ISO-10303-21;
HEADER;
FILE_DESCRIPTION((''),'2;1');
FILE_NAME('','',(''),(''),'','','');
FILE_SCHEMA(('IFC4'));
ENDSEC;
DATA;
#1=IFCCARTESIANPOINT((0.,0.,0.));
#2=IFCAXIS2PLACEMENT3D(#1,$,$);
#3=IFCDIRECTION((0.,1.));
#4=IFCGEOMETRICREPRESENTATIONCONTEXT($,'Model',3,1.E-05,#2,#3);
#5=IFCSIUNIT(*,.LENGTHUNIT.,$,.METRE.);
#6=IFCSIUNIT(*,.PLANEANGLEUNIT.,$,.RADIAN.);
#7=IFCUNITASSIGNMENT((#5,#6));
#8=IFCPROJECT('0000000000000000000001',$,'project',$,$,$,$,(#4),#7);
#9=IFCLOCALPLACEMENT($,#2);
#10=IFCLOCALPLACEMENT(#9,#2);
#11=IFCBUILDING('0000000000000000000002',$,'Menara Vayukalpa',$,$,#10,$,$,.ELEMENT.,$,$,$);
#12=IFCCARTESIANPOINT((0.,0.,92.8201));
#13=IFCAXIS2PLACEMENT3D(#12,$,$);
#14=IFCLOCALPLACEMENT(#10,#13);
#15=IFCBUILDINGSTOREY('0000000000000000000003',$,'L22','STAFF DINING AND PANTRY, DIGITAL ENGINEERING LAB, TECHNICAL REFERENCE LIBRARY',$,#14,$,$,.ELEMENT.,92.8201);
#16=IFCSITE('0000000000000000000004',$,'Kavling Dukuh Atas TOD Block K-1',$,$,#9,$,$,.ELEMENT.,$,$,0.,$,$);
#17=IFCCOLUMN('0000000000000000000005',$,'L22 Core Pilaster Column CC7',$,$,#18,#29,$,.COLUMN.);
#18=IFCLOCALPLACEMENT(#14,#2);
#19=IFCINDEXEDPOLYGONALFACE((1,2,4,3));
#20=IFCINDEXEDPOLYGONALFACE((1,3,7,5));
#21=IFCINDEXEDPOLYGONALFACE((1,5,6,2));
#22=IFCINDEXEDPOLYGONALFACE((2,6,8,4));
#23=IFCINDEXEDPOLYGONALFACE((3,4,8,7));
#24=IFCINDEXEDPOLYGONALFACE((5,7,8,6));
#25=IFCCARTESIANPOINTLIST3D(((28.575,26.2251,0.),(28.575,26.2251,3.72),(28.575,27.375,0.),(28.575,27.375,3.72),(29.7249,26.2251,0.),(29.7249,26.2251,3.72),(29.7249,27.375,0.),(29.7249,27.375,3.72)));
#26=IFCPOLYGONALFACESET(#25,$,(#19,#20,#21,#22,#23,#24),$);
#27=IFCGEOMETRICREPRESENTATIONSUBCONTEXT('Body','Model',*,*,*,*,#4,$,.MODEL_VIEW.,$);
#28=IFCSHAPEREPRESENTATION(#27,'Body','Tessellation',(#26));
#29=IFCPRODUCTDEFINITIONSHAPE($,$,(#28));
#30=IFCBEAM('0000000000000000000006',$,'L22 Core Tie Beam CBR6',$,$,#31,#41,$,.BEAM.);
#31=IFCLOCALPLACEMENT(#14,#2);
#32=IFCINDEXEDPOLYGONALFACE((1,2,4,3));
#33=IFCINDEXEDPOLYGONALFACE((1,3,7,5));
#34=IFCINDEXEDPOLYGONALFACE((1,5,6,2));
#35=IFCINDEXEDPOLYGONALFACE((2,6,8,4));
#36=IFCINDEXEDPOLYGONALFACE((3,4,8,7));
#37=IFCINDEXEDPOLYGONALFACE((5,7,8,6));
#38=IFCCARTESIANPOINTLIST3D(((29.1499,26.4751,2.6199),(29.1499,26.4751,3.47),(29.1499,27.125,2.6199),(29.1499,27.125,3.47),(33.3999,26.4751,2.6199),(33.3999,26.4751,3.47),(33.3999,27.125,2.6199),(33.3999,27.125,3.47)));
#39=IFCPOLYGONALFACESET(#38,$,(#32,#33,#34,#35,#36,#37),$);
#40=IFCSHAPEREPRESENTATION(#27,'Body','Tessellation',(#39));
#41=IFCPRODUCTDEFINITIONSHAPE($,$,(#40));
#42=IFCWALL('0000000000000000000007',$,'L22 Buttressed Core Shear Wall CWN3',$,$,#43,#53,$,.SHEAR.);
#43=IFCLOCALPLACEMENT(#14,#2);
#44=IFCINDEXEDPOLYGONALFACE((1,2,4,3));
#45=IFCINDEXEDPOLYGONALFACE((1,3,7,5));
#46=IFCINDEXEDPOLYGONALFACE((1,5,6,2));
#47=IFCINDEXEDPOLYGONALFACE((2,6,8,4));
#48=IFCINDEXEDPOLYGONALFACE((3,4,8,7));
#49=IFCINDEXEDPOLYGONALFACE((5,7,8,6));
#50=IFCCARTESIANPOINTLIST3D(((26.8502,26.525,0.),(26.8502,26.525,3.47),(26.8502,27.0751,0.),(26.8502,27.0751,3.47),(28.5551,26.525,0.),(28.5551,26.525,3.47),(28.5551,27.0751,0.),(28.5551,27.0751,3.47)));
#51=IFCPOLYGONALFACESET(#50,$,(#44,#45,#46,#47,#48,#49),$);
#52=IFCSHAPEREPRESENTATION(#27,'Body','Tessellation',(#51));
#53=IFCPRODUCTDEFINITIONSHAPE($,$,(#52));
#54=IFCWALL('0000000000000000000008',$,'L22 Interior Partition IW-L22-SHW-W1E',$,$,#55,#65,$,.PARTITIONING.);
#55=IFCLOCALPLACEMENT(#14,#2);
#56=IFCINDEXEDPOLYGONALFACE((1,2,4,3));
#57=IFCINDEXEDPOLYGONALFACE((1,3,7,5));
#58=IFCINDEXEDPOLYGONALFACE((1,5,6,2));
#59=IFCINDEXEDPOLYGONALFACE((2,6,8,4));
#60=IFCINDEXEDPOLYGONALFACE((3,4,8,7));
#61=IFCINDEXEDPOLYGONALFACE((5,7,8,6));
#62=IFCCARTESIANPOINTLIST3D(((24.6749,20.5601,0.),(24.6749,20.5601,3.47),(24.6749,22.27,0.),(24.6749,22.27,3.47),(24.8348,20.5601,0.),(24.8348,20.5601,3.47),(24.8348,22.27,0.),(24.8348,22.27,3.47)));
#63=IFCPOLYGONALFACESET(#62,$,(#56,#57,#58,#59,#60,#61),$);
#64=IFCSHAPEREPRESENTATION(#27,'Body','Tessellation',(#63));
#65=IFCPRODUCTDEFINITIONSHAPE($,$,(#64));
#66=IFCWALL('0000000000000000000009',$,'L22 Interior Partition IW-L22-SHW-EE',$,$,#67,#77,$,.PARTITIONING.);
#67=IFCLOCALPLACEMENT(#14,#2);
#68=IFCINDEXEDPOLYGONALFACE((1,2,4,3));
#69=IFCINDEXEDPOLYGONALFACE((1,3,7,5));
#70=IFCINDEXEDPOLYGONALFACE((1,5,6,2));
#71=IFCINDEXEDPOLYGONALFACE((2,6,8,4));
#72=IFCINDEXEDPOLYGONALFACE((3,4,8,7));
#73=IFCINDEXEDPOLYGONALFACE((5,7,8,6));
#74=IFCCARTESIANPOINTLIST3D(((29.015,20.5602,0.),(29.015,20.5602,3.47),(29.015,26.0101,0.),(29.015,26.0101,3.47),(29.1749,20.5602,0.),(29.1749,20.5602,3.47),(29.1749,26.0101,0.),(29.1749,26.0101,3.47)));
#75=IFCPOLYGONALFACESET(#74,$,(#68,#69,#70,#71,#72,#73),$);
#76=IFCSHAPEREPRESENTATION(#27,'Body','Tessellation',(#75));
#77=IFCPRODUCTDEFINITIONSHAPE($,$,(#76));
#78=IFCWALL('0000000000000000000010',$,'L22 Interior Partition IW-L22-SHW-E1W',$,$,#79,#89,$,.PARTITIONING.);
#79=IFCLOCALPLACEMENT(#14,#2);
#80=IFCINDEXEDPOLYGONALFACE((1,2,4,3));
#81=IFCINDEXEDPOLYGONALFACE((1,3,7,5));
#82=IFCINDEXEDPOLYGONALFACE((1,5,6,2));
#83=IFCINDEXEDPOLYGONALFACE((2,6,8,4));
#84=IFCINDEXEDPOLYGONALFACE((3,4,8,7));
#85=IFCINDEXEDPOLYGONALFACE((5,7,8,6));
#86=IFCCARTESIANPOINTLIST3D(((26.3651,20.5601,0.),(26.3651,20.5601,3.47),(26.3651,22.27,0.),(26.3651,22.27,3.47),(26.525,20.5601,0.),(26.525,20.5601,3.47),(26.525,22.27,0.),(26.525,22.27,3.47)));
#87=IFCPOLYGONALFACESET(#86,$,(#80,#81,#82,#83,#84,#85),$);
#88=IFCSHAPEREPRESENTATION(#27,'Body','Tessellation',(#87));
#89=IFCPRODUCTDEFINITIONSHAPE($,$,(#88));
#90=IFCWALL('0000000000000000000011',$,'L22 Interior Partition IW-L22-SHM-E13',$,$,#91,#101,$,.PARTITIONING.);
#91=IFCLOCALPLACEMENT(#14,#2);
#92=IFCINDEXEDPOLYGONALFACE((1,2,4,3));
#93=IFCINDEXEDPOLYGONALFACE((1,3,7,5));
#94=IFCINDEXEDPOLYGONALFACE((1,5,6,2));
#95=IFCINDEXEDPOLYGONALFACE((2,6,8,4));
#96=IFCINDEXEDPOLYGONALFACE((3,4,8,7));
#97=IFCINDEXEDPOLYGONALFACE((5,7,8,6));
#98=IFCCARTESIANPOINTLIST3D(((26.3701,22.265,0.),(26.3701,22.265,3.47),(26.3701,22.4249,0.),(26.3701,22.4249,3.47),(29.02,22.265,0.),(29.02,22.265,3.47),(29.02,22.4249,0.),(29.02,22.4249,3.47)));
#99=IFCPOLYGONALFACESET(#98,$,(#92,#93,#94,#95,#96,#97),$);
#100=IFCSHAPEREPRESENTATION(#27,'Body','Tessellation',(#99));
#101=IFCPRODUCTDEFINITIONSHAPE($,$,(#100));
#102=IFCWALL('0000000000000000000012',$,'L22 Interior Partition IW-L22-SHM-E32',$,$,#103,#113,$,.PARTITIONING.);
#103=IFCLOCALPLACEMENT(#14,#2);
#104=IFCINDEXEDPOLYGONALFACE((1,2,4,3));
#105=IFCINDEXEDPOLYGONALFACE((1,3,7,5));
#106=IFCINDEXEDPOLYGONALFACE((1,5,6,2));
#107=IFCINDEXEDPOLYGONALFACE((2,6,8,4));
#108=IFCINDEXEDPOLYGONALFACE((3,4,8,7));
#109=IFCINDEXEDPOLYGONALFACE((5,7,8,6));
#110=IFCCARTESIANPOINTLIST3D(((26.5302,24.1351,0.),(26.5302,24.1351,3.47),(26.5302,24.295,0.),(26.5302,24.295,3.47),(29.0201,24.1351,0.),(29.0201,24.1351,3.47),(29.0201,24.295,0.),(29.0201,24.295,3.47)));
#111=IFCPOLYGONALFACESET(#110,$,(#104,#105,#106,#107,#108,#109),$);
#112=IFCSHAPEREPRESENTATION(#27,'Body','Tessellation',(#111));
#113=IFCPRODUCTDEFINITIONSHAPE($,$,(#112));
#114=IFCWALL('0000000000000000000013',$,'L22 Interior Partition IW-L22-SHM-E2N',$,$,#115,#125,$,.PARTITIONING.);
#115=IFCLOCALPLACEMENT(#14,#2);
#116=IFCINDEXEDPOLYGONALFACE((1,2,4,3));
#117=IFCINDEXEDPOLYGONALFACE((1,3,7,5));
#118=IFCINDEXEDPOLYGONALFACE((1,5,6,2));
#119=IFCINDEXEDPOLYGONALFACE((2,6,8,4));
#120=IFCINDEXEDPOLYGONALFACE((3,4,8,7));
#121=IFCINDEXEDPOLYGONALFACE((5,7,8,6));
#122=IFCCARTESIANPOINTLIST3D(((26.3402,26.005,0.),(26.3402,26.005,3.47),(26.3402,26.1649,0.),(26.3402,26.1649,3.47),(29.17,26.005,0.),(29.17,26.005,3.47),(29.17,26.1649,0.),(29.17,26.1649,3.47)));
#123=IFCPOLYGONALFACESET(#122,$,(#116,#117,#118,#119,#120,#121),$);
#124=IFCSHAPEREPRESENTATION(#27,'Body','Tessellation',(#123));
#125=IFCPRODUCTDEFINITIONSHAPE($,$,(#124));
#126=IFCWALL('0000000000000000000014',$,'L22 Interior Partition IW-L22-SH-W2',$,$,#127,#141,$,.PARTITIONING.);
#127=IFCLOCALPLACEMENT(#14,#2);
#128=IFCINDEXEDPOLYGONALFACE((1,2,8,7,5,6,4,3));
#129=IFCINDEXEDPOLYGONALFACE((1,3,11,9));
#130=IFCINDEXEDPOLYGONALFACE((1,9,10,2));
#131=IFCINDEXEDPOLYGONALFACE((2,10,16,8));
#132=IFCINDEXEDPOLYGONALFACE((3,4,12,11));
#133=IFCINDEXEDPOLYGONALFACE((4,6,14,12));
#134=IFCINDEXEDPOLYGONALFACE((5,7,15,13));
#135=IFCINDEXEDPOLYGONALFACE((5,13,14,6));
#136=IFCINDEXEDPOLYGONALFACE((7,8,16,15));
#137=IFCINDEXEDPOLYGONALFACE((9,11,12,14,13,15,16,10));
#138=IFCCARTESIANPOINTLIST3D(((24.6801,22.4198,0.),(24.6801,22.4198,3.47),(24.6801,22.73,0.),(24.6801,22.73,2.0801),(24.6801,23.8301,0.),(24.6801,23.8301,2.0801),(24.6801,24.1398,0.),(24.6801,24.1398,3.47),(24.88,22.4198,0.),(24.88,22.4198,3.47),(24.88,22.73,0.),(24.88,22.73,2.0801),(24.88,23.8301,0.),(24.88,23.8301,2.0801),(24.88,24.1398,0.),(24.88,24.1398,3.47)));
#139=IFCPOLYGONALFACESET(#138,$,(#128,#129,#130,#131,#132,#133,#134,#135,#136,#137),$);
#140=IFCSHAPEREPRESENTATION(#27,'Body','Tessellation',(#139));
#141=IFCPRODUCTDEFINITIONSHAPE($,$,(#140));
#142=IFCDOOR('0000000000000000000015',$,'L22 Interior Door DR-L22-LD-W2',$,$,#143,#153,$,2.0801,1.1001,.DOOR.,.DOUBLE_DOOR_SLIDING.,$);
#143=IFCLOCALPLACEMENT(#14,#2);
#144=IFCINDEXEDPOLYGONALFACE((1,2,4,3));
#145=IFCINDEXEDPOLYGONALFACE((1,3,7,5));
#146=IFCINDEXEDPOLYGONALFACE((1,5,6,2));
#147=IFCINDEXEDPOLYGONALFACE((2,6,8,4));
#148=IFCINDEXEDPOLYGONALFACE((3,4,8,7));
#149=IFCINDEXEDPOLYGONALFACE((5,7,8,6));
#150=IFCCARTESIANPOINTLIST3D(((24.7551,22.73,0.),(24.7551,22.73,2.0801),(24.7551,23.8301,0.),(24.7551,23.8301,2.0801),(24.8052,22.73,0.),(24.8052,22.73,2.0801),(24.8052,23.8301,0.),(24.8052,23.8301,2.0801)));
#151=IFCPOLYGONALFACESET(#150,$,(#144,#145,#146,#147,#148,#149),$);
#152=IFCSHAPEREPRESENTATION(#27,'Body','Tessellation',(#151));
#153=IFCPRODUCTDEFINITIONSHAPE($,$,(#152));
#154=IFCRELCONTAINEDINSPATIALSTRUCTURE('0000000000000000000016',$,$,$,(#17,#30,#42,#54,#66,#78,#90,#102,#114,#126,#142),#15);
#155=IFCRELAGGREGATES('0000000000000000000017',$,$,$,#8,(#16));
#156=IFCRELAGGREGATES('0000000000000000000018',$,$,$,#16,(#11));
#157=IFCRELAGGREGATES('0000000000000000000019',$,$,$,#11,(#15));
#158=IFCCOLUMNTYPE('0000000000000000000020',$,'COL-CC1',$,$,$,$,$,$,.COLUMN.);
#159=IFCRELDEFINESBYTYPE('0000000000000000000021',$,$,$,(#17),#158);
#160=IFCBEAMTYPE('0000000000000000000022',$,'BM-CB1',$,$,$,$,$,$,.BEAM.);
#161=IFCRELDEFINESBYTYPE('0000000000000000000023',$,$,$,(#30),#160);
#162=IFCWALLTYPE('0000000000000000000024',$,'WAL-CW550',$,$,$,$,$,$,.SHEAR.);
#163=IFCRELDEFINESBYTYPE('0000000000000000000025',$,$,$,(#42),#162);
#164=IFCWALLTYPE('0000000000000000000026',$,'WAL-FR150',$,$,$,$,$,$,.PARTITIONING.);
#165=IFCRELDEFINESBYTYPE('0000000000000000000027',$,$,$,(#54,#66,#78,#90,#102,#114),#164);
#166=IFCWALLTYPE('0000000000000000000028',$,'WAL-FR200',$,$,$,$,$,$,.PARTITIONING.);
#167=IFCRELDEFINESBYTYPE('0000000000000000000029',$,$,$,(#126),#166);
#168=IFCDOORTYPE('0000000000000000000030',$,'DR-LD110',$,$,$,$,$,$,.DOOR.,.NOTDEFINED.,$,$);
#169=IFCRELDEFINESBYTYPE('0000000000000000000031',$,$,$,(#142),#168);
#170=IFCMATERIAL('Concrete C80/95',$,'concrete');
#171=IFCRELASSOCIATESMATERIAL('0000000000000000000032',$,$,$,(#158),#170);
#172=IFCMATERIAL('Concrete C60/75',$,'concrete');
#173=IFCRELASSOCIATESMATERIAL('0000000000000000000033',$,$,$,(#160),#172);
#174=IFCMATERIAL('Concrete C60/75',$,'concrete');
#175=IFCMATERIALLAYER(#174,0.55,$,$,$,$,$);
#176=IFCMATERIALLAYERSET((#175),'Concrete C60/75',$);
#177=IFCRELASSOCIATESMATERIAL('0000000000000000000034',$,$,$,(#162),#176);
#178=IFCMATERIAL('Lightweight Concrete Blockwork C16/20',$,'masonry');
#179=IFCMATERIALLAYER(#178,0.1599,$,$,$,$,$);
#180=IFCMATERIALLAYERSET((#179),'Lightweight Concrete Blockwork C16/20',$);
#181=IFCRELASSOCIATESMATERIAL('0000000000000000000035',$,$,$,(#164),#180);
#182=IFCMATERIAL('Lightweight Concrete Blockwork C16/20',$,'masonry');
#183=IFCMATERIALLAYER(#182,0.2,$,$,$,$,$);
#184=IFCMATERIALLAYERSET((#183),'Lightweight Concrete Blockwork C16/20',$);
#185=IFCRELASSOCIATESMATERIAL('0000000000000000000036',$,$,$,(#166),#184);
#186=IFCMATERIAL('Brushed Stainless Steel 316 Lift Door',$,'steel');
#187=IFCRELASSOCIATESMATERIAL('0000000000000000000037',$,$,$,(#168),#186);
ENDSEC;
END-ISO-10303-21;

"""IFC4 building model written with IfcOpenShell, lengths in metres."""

from ifc_helpers import new_model, si_unit, direction, frame, frame_2d, origin, origin_2d, place, context, subcontext, project, spatial, rectangle, extrude, material, layer, layer_set, material_profile, profile_set, type_object, element, fill, save


model = new_model("IFC4")

# Units and contexts
model_context = context("Model", 3, precision=1e-05, world=origin(), true_north=direction((0.0, 1.0)))
body_context = subcontext(model_context, "Body", "Model", "MODEL_VIEW")
ifc_project = project(units=[si_unit("LENGTHUNIT", "METRE"), si_unit("PLANEANGLEUNIT", "RADIAN")], contexts=[model_context])

# Site, building, storey
site_placement = place(None, origin())
site = spatial("IfcSite", under=ifc_project, at=site_placement, Name="Kavling Dukuh Atas TOD Block K-1", CompositionType="ELEMENT", RefElevation=0.0)
building_placement = place(site_placement, origin())
building = spatial("IfcBuilding", under=site, at=building_placement, Name="Menara Vayukalpa", CompositionType="ELEMENT")
storey_placement = place(building_placement, frame((0.0, 0.0, 92.8201)))
storey = spatial("IfcBuildingStorey", under=building, at=storey_placement, Name="L22", Description="STAFF DINING AND PANTRY, DIGITAL ENGINEERING LAB, TECHNICAL REFERENCE LIBRARY", CompositionType="ELEMENT", Elevation=92.8201)

# Column
ifc_material_1 = material(Name="Concrete C80/95", Category="concrete")
ifc_material_profile_1 = material_profile(ifc_material_1, rectangle(XDim=1.1499, YDim=1.1499, at=origin_2d()), Name="RC 1150x1150")
ifc_profile_set_1 = profile_set([ifc_material_profile_1], Name="Concrete C80/95")
column_type = type_object("IfcColumnType", Name="COL-CC1", PredefinedType="COLUMN", material=ifc_profile_set_1)
column_placement = place(storey_placement, frame((29.1499, 26.8, 0.0), z_axis=(0.0, 0.0, 1.0), x_axis=(1.0, 0.0, 0.0)))
element("IfcColumn", 1, at=column_placement, inside=storey, type_object=column_type, Name="L22 Core Pilaster Column CC7", PredefinedType="COLUMN", context=body_context, shape_type="SweptSolid", body=[
    extrude(rectangle(XDim=1.1499, YDim=1.1499, at=origin_2d()), origin(), (0.0, 0.0, 1.0), 3.72),
])

# Beam
ifc_material_2 = material(Name="Concrete C60/75", Category="concrete")
ifc_material_profile_2 = material_profile(ifc_material_2, rectangle(XDim=0.6499, YDim=0.8501, at=origin_2d()), Name="RC 650x850")
ifc_profile_set_2 = profile_set([ifc_material_profile_2], Name="Concrete C60/75")
beam_type = type_object("IfcBeamType", Name="BM-CB1", PredefinedType="BEAM", material=ifc_profile_set_2)
beam_placement = place(storey_placement, frame((29.1499, 26.8, 3.0449), z_axis=(1.0, 0.0, 0.0), x_axis=(0.0, 1.0, 0.0)))
element("IfcBeam", 2, at=beam_placement, inside=storey, type_object=beam_type, Name="L22 Core Tie Beam CBR6", PredefinedType="BEAM", context=body_context, shape_type="SweptSolid", body=[
    extrude(rectangle(XDim=0.6499, YDim=0.8501, at=origin_2d()), origin(), (0.0, 0.0, 1.0), 4.25),
])

# Walls
ifc_material_3 = material(Name="Concrete C60/75", Category="concrete")
ifc_layer_1 = layer(ifc_material_3, 0.55)
ifc_layer_set_1 = layer_set([ifc_layer_1], Name="Concrete C60/75")
wall_type_1 = type_object("IfcWallType", Name="WAL-CW550", PredefinedType="SHEAR", material=ifc_layer_set_1)
wall_1_placement = place(storey_placement, frame((26.8501, 26.8, 0.0), z_axis=(0.0, 0.0, 1.0), x_axis=(1.0, 0.0, 0.0)))
element("IfcWall", 3, at=wall_1_placement, inside=storey, type_object=wall_type_1, Name="L22 Buttressed Core Shear Wall CWN3", PredefinedType="SHEAR", context=body_context, shape_type="SweptSolid", body=[
    extrude(rectangle(XDim=1.7048, YDim=0.55, at=frame_2d((0.8525, 0.0))), origin(), (0.0, 0.0, 1.0), 3.47),
])
ifc_material_4 = material(Name="Lightweight Concrete Blockwork C16/20", Category="masonry")
ifc_layer_2 = layer(ifc_material_4, 0.1599)
ifc_layer_set_2 = layer_set([ifc_layer_2], Name="Lightweight Concrete Blockwork C16/20")
wall_type_2 = type_object("IfcWallType", Name="WAL-FR150", PredefinedType="PARTITIONING", material=ifc_layer_set_2)
wall_2_placement = place(storey_placement, frame((24.7549, 20.5601, 0.0), z_axis=(0.0, 0.0, 1.0), x_axis=(0.0, 1.0, 0.0)))
element("IfcWall", 4, at=wall_2_placement, inside=storey, type_object=wall_type_2, Name="L22 Interior Partition IW-L22-SHW-W1E", PredefinedType="PARTITIONING", context=body_context, shape_type="SweptSolid", body=[
    extrude(rectangle(XDim=1.71, YDim=0.1599, at=frame_2d((0.855, 0.0))), origin(), (0.0, 0.0, 1.0), 3.47),
])
wall_3_placement = place(storey_placement, frame((29.095, 20.5601, 0.0), z_axis=(0.0, 0.0, 1.0), x_axis=(0.0, 1.0, 0.0)))
element("IfcWall", 5, at=wall_3_placement, inside=storey, type_object=wall_type_2, Name="L22 Interior Partition IW-L22-SHW-EE", PredefinedType="PARTITIONING", context=body_context, shape_type="SweptSolid", body=[
    extrude(rectangle(XDim=5.45, YDim=0.1599, at=frame_2d((2.7251, 0.0))), origin(), (0.0, 0.0, 1.0), 3.47),
])
wall_4_placement = place(storey_placement, frame((26.4451, 20.5601, 0.0), z_axis=(0.0, 0.0, 1.0), x_axis=(0.0, 1.0, 0.0)))
element("IfcWall", 6, at=wall_4_placement, inside=storey, type_object=wall_type_2, Name="L22 Interior Partition IW-L22-SHW-E1W", PredefinedType="PARTITIONING", context=body_context, shape_type="SweptSolid", body=[
    extrude(rectangle(XDim=1.71, YDim=0.1599, at=frame_2d((0.855, 0.0))), origin(), (0.0, 0.0, 1.0), 3.47),
])
wall_5_placement = place(storey_placement, frame((26.3701, 22.345, 0.0), z_axis=(0.0, 0.0, 1.0), x_axis=(1.0, 0.0, 0.0)))
element("IfcWall", 7, at=wall_5_placement, inside=storey, type_object=wall_type_2, Name="L22 Interior Partition IW-L22-SHM-E13", PredefinedType="PARTITIONING", context=body_context, shape_type="SweptSolid", body=[
    extrude(rectangle(XDim=2.6499, YDim=0.1599, at=frame_2d((1.325, 0.0))), origin(), (0.0, 0.0, 1.0), 3.47),
])
wall_6_placement = place(storey_placement, frame((26.53, 24.2151, 0.0), z_axis=(0.0, 0.0, 1.0), x_axis=(1.0, 0.0, 0.0)))
element("IfcWall", 8, at=wall_6_placement, inside=storey, type_object=wall_type_2, Name="L22 Interior Partition IW-L22-SHM-E32", PredefinedType="PARTITIONING", context=body_context, shape_type="SweptSolid", body=[
    extrude(rectangle(XDim=2.49, YDim=0.1599, at=frame_2d((1.2451, 0.0))), origin(), (0.0, 0.0, 1.0), 3.47),
])
wall_7_placement = place(storey_placement, frame((26.3401, 26.085, 0.0), z_axis=(0.0, 0.0, 1.0), x_axis=(1.0, 0.0, 0.0)))
element("IfcWall", 9, at=wall_7_placement, inside=storey, type_object=wall_type_2, Name="L22 Interior Partition IW-L22-SHM-E2N", PredefinedType="PARTITIONING", context=body_context, shape_type="SweptSolid", body=[
    extrude(rectangle(XDim=2.8298, YDim=0.1599, at=frame_2d((1.415, 0.0))), origin(), (0.0, 0.0, 1.0), 3.47),
])

# Wall, opening, door
ifc_material_5 = material(Name="Lightweight Concrete Blockwork C16/20", Category="masonry")
ifc_layer_3 = layer(ifc_material_5, 0.2)
ifc_layer_set_3 = layer_set([ifc_layer_3], Name="Lightweight Concrete Blockwork C16/20")
wall_type_3 = type_object("IfcWallType", Name="WAL-FR200", PredefinedType="PARTITIONING", material=ifc_layer_set_3)
wall_8_placement = place(storey_placement, frame((24.78, 22.4199, 0.0), z_axis=(0.0, 0.0, 1.0), x_axis=(0.0, 1.0, 0.0)))
wall_8 = element("IfcWall", 10, at=wall_8_placement, inside=storey, type_object=wall_type_3, Name="L22 Interior Partition IW-L22-SH-W2", PredefinedType="PARTITIONING", context=body_context, shape_type="SweptSolid", body=[
    extrude(rectangle(XDim=1.72, YDim=0.2, at=frame_2d((0.8599, 0.0))), origin(), (0.0, 0.0, 1.0), 3.47),
])
opening_1_placement = place(wall_8_placement, frame((0.3101, 0.0, 0.0)))
opening_1 = element("IfcOpeningElement", 11, at=opening_1_placement, cuts=wall_8, PredefinedType="OPENING", context=body_context, shape_type="SweptSolid", body=[
    extrude(rectangle(XDim=1.1001, YDim=2.0801, at=frame_2d((0.55, 1.04))), frame((0.0, 0.1099, 0.0), z_axis=(0.0, -1.0, 0.0), x_axis=(1.0, 0.0, 0.0)), (0.0, 0.0, 1.0), 0.22),
])
ifc_material_6 = material(Name="Brushed Stainless Steel 316 Lift Door", Category="steel")
door_type = type_object("IfcDoorType", Name="DR-LD110", OperationType="NOTDEFINED", PredefinedType="DOOR", material=ifc_material_6)
door_1_placement = place(opening_1_placement, origin())
door_1 = element("IfcDoor", 12, at=door_1_placement, inside=storey, type_object=door_type, Name="L22 Interior Door DR-L22-LD-W2", OperationType="DOUBLE_DOOR_SLIDING", OverallHeight=2.0801, OverallWidth=1.1001, PredefinedType="DOOR", context=body_context, shape_type="SweptSolid", body=[
    extrude(rectangle(XDim=1.1001, YDim=2.0801, at=frame_2d((0.55, 1.04))), frame((0.0, 0.0249, 0.0), z_axis=(0.0, -1.0, 0.0), x_axis=(1.0, 0.0, 0.0)), (0.0, 0.0, 1.0), 0.05),
])
fill(opening_1, door_1)

save(model, "model.ifc")
